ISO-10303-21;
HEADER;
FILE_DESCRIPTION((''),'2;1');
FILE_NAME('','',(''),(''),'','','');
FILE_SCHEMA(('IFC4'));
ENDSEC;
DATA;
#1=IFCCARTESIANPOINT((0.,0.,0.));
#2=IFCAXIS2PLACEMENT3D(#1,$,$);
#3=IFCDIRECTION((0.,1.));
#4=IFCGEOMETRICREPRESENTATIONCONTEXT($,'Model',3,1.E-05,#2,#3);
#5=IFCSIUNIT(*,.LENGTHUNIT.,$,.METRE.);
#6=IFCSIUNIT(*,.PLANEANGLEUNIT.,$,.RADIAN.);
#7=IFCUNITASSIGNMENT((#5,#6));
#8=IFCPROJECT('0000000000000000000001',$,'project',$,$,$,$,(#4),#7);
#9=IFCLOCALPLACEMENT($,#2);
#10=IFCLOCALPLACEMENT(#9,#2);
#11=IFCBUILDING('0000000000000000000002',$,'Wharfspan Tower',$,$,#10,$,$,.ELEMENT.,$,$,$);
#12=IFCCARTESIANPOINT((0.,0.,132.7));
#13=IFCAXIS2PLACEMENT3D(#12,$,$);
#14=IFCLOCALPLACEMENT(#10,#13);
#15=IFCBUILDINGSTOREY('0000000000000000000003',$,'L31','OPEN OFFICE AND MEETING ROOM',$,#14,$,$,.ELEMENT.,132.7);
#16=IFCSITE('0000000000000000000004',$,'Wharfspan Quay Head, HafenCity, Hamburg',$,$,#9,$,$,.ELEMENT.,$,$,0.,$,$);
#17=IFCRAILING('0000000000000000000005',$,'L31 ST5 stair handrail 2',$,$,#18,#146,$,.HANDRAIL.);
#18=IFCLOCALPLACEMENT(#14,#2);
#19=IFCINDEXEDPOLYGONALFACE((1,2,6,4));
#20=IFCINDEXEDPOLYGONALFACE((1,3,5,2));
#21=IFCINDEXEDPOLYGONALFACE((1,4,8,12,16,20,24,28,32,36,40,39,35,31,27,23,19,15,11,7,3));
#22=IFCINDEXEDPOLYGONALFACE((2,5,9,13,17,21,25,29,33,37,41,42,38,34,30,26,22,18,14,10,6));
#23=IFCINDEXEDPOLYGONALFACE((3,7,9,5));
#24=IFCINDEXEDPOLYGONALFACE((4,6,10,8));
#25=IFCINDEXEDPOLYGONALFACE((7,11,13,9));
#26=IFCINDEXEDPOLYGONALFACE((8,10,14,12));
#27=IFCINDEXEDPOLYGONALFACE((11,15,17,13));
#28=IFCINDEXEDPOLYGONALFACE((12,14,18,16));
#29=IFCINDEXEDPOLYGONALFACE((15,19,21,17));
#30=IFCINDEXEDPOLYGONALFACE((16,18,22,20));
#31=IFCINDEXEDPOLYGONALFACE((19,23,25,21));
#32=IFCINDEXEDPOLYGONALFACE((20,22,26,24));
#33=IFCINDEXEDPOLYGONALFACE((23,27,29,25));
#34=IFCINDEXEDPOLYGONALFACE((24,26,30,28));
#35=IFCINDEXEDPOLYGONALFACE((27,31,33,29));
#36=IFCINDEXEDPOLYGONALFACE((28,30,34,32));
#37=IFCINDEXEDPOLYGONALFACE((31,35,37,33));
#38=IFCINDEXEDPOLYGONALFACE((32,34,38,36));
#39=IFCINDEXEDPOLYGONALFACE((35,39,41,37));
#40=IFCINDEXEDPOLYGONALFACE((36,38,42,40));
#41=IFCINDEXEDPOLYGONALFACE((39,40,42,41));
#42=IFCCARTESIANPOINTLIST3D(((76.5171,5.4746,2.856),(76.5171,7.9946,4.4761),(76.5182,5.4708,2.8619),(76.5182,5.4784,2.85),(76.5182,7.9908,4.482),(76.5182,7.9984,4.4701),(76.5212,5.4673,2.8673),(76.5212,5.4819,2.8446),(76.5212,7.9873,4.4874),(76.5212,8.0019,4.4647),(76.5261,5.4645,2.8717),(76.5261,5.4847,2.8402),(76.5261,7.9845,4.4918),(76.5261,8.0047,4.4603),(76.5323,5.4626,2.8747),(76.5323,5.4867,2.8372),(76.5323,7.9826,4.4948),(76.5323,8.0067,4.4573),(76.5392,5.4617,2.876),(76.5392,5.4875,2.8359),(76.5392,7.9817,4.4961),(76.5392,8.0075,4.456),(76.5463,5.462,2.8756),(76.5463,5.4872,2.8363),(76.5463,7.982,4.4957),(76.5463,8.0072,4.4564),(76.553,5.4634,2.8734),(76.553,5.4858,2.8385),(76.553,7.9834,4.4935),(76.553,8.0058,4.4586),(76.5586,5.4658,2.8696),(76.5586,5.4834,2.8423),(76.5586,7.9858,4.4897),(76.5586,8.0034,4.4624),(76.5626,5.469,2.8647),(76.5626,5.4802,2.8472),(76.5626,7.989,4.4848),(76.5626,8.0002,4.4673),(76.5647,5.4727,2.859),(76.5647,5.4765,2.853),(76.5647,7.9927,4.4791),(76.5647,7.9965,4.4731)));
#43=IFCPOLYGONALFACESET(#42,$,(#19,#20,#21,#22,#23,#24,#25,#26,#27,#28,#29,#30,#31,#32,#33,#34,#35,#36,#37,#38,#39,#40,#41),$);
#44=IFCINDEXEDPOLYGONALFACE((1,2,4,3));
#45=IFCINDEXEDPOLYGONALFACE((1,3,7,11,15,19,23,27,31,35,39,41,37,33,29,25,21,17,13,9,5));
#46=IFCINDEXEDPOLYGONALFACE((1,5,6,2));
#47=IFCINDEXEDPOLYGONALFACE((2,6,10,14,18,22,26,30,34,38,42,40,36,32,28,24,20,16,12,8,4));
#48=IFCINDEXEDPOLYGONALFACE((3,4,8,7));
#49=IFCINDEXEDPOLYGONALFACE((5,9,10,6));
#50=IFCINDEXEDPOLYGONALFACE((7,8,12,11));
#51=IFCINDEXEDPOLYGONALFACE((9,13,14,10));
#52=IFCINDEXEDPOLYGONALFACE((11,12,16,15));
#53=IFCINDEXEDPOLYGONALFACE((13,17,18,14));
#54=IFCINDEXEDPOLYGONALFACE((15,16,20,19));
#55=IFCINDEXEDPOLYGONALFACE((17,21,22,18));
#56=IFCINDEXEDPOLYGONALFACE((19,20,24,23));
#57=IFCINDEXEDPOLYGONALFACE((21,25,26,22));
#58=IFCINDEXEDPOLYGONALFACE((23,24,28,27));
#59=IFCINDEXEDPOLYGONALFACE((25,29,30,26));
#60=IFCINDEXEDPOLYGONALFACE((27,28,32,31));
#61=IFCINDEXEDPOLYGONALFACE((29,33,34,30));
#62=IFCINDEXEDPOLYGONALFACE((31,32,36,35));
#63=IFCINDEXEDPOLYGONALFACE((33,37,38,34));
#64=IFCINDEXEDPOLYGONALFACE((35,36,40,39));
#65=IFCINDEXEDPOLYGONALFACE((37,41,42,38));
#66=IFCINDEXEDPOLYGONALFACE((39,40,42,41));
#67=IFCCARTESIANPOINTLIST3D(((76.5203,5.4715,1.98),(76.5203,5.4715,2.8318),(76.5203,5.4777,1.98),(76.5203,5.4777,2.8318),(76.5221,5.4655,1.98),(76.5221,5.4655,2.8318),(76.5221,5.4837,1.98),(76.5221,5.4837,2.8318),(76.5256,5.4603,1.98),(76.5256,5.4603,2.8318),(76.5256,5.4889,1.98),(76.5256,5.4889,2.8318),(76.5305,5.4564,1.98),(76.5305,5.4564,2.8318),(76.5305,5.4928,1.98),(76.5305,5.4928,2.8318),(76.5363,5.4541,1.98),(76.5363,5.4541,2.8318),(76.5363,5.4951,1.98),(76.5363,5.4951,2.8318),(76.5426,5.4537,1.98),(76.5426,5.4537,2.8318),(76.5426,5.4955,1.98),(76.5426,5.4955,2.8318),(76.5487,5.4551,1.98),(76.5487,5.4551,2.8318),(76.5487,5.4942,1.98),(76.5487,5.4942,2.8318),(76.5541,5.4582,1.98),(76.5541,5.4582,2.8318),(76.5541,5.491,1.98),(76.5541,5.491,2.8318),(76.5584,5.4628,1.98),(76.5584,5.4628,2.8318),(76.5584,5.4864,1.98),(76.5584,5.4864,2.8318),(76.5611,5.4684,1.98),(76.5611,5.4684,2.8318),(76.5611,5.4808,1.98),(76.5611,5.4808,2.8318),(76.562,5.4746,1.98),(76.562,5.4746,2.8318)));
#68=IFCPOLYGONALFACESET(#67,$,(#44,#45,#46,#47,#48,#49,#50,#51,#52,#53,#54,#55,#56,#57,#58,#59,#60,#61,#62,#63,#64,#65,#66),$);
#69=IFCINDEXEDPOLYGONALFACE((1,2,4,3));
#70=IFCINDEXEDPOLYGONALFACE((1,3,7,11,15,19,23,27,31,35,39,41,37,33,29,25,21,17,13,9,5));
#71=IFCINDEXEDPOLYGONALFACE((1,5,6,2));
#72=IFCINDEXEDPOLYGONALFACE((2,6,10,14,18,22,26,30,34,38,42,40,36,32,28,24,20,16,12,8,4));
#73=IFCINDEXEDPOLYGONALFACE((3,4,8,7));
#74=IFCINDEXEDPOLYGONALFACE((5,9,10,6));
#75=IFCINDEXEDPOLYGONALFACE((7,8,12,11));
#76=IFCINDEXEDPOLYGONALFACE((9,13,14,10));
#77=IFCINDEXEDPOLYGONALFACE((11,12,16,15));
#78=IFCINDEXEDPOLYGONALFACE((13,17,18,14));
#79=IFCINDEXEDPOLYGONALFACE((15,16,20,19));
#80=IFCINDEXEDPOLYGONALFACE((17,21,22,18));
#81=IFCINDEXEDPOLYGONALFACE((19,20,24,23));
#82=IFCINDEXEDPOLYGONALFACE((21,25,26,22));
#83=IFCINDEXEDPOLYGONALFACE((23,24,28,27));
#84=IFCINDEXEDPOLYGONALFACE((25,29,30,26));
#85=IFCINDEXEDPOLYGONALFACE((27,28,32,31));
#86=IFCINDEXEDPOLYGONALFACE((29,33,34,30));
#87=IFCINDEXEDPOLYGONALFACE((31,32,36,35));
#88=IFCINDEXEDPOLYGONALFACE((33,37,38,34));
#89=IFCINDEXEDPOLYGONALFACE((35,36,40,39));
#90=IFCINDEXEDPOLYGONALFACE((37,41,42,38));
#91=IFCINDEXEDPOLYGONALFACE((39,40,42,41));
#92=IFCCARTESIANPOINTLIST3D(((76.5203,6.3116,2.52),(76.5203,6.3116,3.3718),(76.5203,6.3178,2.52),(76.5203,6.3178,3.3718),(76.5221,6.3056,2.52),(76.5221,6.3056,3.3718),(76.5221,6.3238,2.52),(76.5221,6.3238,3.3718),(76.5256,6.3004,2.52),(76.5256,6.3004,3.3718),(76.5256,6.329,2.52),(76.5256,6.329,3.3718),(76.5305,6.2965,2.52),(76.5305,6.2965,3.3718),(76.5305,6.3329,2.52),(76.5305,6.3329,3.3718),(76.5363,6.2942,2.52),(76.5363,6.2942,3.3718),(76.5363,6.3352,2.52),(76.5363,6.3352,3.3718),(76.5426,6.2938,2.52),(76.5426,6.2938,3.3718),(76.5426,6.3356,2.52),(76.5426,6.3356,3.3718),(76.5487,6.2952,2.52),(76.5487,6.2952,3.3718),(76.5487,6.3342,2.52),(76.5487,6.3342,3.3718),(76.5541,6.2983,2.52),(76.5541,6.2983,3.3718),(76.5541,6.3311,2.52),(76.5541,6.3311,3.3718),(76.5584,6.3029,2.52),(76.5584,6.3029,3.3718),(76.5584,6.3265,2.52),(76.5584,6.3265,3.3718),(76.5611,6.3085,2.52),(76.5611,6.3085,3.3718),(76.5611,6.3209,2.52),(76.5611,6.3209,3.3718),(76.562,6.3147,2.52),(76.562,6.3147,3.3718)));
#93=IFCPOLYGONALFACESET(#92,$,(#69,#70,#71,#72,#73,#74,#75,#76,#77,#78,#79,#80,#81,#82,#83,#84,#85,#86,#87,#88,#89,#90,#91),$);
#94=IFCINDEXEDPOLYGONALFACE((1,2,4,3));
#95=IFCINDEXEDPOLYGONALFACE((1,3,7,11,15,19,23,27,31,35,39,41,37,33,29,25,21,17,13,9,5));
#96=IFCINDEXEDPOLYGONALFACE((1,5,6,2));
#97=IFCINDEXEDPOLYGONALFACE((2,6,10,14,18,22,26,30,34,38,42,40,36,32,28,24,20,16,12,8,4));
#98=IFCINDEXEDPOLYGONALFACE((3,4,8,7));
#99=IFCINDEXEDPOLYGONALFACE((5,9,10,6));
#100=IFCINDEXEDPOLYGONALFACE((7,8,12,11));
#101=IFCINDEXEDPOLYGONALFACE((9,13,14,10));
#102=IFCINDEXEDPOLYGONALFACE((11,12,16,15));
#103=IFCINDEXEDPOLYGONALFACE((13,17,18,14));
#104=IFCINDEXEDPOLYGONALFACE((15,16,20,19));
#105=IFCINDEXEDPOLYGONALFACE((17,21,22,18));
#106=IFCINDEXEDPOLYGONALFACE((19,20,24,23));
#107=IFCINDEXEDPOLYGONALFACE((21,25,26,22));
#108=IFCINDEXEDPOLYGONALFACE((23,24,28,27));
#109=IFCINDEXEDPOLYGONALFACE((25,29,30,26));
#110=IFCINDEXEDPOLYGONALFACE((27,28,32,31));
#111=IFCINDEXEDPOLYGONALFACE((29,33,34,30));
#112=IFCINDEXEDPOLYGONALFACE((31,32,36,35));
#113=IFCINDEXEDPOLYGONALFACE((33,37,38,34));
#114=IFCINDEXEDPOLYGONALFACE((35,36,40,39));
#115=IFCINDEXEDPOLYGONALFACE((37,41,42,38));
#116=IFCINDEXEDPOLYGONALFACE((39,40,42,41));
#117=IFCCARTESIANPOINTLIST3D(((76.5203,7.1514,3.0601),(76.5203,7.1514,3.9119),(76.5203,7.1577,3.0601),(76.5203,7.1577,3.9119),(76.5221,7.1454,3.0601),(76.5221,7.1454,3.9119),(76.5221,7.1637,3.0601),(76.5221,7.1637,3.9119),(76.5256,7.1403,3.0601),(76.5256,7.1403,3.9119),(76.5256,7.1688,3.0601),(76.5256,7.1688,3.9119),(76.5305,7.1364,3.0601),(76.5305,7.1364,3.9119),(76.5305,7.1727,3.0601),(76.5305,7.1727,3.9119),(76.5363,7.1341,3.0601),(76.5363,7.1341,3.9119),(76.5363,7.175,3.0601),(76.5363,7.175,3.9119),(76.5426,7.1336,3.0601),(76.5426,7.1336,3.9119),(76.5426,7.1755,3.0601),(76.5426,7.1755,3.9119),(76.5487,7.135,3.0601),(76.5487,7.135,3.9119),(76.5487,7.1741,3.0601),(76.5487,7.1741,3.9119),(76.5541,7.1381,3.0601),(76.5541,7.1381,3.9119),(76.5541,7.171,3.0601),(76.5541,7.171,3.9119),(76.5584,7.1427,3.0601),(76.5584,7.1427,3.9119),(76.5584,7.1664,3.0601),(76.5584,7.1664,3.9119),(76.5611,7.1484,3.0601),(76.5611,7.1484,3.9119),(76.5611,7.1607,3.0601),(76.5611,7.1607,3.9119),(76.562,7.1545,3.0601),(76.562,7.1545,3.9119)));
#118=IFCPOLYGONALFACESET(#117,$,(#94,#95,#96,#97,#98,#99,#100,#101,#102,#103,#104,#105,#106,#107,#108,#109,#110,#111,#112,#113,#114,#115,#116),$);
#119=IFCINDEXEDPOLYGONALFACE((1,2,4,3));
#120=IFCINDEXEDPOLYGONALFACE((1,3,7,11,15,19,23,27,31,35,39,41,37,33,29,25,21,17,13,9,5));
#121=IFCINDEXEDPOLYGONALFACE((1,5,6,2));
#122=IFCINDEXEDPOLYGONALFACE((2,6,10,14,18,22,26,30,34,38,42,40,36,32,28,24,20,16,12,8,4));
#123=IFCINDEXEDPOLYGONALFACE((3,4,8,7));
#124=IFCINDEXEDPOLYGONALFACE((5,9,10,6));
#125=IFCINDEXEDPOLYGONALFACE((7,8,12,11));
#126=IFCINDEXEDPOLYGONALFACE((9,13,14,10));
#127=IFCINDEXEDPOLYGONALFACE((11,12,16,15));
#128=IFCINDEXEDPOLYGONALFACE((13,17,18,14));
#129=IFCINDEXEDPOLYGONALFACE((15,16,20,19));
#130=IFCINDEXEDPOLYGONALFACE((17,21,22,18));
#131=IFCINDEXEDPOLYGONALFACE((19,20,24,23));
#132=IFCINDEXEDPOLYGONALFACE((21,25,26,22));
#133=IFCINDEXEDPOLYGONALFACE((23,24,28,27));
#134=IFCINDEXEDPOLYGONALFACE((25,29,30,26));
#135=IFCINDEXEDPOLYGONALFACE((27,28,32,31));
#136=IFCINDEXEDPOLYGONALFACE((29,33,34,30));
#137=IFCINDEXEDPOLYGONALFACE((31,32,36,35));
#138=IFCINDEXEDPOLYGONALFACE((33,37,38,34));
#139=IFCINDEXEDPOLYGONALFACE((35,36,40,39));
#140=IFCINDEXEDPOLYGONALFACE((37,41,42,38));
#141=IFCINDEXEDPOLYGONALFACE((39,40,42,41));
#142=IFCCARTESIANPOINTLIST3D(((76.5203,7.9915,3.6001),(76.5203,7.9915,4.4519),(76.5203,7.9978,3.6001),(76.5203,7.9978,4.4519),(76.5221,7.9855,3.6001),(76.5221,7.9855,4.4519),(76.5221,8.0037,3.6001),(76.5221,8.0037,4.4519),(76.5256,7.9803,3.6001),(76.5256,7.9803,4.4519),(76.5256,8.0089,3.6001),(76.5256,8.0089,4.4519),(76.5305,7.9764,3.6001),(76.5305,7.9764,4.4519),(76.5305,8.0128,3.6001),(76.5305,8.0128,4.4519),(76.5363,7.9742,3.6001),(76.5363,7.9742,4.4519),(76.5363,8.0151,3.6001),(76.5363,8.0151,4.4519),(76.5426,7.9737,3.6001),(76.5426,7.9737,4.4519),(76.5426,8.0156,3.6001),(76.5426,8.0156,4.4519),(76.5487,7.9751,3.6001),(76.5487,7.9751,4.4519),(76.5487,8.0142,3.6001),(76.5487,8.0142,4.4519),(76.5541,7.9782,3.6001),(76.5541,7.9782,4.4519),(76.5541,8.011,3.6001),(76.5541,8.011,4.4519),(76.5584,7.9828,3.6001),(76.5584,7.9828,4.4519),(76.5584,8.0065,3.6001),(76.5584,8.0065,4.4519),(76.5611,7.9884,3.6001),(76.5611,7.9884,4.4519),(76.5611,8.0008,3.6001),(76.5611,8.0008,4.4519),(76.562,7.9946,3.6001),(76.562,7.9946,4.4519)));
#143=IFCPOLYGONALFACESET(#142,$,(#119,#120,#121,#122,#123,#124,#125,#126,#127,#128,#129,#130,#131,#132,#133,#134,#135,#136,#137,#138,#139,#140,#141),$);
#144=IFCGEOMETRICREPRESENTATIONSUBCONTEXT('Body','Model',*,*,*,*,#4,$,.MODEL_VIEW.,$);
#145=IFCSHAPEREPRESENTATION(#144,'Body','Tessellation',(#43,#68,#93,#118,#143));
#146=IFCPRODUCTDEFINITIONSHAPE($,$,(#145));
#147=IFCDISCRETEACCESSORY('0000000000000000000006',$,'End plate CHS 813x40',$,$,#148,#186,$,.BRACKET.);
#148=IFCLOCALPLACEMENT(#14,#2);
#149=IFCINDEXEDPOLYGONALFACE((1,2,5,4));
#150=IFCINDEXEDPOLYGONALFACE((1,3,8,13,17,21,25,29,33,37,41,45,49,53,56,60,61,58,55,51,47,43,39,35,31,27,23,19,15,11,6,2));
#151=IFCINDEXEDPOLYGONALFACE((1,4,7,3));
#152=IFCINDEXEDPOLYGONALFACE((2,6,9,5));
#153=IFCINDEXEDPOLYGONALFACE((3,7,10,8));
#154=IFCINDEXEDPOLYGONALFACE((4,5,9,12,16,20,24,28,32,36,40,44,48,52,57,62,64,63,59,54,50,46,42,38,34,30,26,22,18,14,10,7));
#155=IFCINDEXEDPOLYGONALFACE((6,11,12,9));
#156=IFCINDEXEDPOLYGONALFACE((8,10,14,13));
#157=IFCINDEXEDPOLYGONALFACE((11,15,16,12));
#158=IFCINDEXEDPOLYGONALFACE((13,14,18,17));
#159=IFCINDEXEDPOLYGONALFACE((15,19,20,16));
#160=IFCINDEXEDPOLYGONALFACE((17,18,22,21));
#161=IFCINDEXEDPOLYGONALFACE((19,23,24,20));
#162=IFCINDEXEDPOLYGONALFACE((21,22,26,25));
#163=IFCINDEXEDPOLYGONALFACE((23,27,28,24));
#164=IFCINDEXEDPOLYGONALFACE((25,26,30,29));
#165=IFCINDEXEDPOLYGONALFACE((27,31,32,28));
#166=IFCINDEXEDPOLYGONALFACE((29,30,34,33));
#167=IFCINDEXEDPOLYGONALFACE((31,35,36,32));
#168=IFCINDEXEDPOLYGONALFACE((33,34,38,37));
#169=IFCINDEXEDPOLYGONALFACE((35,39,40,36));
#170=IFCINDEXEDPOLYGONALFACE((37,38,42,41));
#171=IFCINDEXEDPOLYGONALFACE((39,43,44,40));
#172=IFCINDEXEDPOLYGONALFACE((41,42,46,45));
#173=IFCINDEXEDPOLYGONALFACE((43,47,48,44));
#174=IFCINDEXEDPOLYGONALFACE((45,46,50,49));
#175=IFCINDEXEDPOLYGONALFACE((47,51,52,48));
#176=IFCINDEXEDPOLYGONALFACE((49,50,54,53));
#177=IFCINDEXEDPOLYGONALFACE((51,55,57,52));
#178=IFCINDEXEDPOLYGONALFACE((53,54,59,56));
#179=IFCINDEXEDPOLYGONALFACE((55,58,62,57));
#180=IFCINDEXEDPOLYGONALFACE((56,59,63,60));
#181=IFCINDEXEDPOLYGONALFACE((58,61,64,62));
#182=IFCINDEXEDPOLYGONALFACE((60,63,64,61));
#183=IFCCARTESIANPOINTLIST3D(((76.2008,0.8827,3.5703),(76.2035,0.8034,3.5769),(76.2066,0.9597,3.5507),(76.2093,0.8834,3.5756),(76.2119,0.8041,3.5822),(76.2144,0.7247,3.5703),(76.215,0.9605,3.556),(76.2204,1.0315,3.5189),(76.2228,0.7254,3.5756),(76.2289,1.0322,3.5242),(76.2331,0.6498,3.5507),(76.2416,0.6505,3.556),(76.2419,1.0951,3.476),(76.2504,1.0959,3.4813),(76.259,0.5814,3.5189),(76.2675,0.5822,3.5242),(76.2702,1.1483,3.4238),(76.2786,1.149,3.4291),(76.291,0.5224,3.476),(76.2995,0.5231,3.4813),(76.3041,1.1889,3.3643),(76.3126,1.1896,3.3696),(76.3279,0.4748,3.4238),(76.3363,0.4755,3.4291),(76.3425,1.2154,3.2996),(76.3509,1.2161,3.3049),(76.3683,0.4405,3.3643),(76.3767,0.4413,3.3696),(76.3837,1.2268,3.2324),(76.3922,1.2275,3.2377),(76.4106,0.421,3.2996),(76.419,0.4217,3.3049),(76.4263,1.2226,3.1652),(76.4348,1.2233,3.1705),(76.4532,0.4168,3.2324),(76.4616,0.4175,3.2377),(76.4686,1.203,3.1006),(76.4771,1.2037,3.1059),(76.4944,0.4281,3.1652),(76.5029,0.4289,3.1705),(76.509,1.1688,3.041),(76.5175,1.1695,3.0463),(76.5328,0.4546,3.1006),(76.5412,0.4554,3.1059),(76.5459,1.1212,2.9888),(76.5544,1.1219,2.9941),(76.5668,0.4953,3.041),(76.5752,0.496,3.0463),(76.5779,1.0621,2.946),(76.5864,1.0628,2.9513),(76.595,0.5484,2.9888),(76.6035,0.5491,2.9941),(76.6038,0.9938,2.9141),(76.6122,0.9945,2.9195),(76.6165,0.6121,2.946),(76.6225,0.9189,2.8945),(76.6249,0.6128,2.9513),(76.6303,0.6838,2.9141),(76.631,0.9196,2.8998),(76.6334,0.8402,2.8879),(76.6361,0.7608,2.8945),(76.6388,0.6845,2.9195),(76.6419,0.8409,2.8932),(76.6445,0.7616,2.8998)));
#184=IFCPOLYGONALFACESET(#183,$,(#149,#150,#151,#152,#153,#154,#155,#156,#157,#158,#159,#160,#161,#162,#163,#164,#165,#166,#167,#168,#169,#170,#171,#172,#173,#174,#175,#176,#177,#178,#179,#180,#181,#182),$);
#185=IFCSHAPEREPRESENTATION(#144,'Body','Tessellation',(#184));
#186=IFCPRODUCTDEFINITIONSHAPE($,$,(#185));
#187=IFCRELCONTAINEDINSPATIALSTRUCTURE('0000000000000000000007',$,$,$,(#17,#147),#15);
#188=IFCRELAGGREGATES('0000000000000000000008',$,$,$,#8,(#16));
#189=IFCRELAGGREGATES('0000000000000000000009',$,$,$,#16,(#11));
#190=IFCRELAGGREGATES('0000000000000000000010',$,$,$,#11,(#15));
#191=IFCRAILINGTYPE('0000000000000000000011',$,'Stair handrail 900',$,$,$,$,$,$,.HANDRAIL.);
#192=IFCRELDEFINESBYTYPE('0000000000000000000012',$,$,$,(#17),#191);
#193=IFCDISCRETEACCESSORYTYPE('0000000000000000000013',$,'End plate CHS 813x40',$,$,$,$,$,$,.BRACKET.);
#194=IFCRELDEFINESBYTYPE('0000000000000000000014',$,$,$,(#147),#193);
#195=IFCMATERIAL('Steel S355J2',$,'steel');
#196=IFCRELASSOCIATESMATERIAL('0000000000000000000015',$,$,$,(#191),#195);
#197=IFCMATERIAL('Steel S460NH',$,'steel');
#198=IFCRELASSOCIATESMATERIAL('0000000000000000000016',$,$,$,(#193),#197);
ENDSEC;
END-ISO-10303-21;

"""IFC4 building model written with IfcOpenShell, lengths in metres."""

from ifc_helpers import new_model, si_unit, direction, frame, origin, origin_2d, place, context, subcontext, project, spatial, circle, extrude, material, material_profile, profile_set, type_object, element, save


model = new_model("IFC4")

# Units and contexts
model_context = context("Model", 3, precision=1e-05, world=origin(), true_north=direction((0.0, 1.0)))
body_context = subcontext(model_context, "Body", "Model", "MODEL_VIEW")
ifc_project = project(units=[si_unit("LENGTHUNIT", "METRE"), si_unit("PLANEANGLEUNIT", "RADIAN")], contexts=[model_context])

# Site, building, storey
site_placement = place(None, origin())
site = spatial("IfcSite", under=ifc_project, at=site_placement, Name="Wharfspan Quay Head, HafenCity, Hamburg", CompositionType="ELEMENT", RefElevation=0.0)
building_placement = place(site_placement, origin())
building = spatial("IfcBuilding", under=site, at=building_placement, Name="Wharfspan Tower", CompositionType="ELEMENT")
storey_placement = place(building_placement, frame((0.0, 0.0, 132.7)))
storey = spatial("IfcBuildingStorey", under=building, at=storey_placement, Name="L31", Description="OPEN OFFICE AND MEETING ROOM", CompositionType="ELEMENT", Elevation=132.7)

# Shared definitions
ifc_material_1 = material(Name="Steel S460NH", Category="steel")

# Railing
ifc_material_2 = material(Name="Steel S355J2", Category="steel")
railing_type_1 = type_object("IfcRailingType", Name="Stair handrail 900", PredefinedType="HANDRAIL", material=ifc_material_2)
railing_1_placement = place(storey_placement, frame((76.541, 5.4746, 1.98)))
element("IfcRailing", 1, at=railing_1_placement, inside=storey, type_object=railing_type_1, Name="L31 ST5 stair handrail 2", PredefinedType="HANDRAIL", context=body_context, shape_type="SweptSolid", body=[
    extrude(circle(Radius=0.0239, at=origin_2d()), frame((0.0, 0.0, 0.876), z_axis=(0.0, 0.841163, 0.540782), x_axis=(-1.0, 0.0, 0.0)), (0.0, 0.0, 1.0), 2.9958),
    extrude(circle(Radius=0.021, at=origin_2d()), origin(), (0.0, 0.0, 1.0), 0.8518),
    extrude(circle(Radius=0.021, at=origin_2d()), frame((0.0, 0.8401, 0.54)), (0.0, 0.0, 1.0), 0.8518),
    extrude(circle(Radius=0.021, at=origin_2d()), frame((0.0, 1.6799, 1.0801)), (0.0, 0.0, 1.0), 0.8518),
    extrude(circle(Radius=0.021, at=origin_2d()), frame((0.0, 2.52, 1.6201)), (0.0, 0.0, 1.0), 0.8518),
])

# Discrete accessory
ifc_material_profile_1 = material_profile(ifc_material_1, circle(Radius=0.4065, at=origin_2d()))
ifc_profile_set_1 = profile_set([ifc_material_profile_1], Name="Steel S460NH")
discrete_accessory_type = type_object("IfcDiscreteAccessoryType", Name="End plate CHS 813x40", PredefinedType="BRACKET", material=ifc_profile_set_1)
for number, where, z_axis, x_axis, name in (
    (2, (76.4185, 0.8218, 3.2324), (0.844416, 0.072379, 0.530776), (-0.085402, 0.99635, 0.0), "End plate CHS 813x40"),
):
    element("IfcDiscreteAccessory", number, at=place(storey_placement, frame(where, z_axis=z_axis, x_axis=x_axis)), inside=storey, type_object=discrete_accessory_type, Name=name, PredefinedType="BRACKET", context=body_context, shape_type="SweptSolid", body=[
        extrude(circle(Radius=0.4065, at=origin_2d()), origin(), (0.0, 0.0, 1.0), 0.01),
    ])

save(model, "model.ifc")
